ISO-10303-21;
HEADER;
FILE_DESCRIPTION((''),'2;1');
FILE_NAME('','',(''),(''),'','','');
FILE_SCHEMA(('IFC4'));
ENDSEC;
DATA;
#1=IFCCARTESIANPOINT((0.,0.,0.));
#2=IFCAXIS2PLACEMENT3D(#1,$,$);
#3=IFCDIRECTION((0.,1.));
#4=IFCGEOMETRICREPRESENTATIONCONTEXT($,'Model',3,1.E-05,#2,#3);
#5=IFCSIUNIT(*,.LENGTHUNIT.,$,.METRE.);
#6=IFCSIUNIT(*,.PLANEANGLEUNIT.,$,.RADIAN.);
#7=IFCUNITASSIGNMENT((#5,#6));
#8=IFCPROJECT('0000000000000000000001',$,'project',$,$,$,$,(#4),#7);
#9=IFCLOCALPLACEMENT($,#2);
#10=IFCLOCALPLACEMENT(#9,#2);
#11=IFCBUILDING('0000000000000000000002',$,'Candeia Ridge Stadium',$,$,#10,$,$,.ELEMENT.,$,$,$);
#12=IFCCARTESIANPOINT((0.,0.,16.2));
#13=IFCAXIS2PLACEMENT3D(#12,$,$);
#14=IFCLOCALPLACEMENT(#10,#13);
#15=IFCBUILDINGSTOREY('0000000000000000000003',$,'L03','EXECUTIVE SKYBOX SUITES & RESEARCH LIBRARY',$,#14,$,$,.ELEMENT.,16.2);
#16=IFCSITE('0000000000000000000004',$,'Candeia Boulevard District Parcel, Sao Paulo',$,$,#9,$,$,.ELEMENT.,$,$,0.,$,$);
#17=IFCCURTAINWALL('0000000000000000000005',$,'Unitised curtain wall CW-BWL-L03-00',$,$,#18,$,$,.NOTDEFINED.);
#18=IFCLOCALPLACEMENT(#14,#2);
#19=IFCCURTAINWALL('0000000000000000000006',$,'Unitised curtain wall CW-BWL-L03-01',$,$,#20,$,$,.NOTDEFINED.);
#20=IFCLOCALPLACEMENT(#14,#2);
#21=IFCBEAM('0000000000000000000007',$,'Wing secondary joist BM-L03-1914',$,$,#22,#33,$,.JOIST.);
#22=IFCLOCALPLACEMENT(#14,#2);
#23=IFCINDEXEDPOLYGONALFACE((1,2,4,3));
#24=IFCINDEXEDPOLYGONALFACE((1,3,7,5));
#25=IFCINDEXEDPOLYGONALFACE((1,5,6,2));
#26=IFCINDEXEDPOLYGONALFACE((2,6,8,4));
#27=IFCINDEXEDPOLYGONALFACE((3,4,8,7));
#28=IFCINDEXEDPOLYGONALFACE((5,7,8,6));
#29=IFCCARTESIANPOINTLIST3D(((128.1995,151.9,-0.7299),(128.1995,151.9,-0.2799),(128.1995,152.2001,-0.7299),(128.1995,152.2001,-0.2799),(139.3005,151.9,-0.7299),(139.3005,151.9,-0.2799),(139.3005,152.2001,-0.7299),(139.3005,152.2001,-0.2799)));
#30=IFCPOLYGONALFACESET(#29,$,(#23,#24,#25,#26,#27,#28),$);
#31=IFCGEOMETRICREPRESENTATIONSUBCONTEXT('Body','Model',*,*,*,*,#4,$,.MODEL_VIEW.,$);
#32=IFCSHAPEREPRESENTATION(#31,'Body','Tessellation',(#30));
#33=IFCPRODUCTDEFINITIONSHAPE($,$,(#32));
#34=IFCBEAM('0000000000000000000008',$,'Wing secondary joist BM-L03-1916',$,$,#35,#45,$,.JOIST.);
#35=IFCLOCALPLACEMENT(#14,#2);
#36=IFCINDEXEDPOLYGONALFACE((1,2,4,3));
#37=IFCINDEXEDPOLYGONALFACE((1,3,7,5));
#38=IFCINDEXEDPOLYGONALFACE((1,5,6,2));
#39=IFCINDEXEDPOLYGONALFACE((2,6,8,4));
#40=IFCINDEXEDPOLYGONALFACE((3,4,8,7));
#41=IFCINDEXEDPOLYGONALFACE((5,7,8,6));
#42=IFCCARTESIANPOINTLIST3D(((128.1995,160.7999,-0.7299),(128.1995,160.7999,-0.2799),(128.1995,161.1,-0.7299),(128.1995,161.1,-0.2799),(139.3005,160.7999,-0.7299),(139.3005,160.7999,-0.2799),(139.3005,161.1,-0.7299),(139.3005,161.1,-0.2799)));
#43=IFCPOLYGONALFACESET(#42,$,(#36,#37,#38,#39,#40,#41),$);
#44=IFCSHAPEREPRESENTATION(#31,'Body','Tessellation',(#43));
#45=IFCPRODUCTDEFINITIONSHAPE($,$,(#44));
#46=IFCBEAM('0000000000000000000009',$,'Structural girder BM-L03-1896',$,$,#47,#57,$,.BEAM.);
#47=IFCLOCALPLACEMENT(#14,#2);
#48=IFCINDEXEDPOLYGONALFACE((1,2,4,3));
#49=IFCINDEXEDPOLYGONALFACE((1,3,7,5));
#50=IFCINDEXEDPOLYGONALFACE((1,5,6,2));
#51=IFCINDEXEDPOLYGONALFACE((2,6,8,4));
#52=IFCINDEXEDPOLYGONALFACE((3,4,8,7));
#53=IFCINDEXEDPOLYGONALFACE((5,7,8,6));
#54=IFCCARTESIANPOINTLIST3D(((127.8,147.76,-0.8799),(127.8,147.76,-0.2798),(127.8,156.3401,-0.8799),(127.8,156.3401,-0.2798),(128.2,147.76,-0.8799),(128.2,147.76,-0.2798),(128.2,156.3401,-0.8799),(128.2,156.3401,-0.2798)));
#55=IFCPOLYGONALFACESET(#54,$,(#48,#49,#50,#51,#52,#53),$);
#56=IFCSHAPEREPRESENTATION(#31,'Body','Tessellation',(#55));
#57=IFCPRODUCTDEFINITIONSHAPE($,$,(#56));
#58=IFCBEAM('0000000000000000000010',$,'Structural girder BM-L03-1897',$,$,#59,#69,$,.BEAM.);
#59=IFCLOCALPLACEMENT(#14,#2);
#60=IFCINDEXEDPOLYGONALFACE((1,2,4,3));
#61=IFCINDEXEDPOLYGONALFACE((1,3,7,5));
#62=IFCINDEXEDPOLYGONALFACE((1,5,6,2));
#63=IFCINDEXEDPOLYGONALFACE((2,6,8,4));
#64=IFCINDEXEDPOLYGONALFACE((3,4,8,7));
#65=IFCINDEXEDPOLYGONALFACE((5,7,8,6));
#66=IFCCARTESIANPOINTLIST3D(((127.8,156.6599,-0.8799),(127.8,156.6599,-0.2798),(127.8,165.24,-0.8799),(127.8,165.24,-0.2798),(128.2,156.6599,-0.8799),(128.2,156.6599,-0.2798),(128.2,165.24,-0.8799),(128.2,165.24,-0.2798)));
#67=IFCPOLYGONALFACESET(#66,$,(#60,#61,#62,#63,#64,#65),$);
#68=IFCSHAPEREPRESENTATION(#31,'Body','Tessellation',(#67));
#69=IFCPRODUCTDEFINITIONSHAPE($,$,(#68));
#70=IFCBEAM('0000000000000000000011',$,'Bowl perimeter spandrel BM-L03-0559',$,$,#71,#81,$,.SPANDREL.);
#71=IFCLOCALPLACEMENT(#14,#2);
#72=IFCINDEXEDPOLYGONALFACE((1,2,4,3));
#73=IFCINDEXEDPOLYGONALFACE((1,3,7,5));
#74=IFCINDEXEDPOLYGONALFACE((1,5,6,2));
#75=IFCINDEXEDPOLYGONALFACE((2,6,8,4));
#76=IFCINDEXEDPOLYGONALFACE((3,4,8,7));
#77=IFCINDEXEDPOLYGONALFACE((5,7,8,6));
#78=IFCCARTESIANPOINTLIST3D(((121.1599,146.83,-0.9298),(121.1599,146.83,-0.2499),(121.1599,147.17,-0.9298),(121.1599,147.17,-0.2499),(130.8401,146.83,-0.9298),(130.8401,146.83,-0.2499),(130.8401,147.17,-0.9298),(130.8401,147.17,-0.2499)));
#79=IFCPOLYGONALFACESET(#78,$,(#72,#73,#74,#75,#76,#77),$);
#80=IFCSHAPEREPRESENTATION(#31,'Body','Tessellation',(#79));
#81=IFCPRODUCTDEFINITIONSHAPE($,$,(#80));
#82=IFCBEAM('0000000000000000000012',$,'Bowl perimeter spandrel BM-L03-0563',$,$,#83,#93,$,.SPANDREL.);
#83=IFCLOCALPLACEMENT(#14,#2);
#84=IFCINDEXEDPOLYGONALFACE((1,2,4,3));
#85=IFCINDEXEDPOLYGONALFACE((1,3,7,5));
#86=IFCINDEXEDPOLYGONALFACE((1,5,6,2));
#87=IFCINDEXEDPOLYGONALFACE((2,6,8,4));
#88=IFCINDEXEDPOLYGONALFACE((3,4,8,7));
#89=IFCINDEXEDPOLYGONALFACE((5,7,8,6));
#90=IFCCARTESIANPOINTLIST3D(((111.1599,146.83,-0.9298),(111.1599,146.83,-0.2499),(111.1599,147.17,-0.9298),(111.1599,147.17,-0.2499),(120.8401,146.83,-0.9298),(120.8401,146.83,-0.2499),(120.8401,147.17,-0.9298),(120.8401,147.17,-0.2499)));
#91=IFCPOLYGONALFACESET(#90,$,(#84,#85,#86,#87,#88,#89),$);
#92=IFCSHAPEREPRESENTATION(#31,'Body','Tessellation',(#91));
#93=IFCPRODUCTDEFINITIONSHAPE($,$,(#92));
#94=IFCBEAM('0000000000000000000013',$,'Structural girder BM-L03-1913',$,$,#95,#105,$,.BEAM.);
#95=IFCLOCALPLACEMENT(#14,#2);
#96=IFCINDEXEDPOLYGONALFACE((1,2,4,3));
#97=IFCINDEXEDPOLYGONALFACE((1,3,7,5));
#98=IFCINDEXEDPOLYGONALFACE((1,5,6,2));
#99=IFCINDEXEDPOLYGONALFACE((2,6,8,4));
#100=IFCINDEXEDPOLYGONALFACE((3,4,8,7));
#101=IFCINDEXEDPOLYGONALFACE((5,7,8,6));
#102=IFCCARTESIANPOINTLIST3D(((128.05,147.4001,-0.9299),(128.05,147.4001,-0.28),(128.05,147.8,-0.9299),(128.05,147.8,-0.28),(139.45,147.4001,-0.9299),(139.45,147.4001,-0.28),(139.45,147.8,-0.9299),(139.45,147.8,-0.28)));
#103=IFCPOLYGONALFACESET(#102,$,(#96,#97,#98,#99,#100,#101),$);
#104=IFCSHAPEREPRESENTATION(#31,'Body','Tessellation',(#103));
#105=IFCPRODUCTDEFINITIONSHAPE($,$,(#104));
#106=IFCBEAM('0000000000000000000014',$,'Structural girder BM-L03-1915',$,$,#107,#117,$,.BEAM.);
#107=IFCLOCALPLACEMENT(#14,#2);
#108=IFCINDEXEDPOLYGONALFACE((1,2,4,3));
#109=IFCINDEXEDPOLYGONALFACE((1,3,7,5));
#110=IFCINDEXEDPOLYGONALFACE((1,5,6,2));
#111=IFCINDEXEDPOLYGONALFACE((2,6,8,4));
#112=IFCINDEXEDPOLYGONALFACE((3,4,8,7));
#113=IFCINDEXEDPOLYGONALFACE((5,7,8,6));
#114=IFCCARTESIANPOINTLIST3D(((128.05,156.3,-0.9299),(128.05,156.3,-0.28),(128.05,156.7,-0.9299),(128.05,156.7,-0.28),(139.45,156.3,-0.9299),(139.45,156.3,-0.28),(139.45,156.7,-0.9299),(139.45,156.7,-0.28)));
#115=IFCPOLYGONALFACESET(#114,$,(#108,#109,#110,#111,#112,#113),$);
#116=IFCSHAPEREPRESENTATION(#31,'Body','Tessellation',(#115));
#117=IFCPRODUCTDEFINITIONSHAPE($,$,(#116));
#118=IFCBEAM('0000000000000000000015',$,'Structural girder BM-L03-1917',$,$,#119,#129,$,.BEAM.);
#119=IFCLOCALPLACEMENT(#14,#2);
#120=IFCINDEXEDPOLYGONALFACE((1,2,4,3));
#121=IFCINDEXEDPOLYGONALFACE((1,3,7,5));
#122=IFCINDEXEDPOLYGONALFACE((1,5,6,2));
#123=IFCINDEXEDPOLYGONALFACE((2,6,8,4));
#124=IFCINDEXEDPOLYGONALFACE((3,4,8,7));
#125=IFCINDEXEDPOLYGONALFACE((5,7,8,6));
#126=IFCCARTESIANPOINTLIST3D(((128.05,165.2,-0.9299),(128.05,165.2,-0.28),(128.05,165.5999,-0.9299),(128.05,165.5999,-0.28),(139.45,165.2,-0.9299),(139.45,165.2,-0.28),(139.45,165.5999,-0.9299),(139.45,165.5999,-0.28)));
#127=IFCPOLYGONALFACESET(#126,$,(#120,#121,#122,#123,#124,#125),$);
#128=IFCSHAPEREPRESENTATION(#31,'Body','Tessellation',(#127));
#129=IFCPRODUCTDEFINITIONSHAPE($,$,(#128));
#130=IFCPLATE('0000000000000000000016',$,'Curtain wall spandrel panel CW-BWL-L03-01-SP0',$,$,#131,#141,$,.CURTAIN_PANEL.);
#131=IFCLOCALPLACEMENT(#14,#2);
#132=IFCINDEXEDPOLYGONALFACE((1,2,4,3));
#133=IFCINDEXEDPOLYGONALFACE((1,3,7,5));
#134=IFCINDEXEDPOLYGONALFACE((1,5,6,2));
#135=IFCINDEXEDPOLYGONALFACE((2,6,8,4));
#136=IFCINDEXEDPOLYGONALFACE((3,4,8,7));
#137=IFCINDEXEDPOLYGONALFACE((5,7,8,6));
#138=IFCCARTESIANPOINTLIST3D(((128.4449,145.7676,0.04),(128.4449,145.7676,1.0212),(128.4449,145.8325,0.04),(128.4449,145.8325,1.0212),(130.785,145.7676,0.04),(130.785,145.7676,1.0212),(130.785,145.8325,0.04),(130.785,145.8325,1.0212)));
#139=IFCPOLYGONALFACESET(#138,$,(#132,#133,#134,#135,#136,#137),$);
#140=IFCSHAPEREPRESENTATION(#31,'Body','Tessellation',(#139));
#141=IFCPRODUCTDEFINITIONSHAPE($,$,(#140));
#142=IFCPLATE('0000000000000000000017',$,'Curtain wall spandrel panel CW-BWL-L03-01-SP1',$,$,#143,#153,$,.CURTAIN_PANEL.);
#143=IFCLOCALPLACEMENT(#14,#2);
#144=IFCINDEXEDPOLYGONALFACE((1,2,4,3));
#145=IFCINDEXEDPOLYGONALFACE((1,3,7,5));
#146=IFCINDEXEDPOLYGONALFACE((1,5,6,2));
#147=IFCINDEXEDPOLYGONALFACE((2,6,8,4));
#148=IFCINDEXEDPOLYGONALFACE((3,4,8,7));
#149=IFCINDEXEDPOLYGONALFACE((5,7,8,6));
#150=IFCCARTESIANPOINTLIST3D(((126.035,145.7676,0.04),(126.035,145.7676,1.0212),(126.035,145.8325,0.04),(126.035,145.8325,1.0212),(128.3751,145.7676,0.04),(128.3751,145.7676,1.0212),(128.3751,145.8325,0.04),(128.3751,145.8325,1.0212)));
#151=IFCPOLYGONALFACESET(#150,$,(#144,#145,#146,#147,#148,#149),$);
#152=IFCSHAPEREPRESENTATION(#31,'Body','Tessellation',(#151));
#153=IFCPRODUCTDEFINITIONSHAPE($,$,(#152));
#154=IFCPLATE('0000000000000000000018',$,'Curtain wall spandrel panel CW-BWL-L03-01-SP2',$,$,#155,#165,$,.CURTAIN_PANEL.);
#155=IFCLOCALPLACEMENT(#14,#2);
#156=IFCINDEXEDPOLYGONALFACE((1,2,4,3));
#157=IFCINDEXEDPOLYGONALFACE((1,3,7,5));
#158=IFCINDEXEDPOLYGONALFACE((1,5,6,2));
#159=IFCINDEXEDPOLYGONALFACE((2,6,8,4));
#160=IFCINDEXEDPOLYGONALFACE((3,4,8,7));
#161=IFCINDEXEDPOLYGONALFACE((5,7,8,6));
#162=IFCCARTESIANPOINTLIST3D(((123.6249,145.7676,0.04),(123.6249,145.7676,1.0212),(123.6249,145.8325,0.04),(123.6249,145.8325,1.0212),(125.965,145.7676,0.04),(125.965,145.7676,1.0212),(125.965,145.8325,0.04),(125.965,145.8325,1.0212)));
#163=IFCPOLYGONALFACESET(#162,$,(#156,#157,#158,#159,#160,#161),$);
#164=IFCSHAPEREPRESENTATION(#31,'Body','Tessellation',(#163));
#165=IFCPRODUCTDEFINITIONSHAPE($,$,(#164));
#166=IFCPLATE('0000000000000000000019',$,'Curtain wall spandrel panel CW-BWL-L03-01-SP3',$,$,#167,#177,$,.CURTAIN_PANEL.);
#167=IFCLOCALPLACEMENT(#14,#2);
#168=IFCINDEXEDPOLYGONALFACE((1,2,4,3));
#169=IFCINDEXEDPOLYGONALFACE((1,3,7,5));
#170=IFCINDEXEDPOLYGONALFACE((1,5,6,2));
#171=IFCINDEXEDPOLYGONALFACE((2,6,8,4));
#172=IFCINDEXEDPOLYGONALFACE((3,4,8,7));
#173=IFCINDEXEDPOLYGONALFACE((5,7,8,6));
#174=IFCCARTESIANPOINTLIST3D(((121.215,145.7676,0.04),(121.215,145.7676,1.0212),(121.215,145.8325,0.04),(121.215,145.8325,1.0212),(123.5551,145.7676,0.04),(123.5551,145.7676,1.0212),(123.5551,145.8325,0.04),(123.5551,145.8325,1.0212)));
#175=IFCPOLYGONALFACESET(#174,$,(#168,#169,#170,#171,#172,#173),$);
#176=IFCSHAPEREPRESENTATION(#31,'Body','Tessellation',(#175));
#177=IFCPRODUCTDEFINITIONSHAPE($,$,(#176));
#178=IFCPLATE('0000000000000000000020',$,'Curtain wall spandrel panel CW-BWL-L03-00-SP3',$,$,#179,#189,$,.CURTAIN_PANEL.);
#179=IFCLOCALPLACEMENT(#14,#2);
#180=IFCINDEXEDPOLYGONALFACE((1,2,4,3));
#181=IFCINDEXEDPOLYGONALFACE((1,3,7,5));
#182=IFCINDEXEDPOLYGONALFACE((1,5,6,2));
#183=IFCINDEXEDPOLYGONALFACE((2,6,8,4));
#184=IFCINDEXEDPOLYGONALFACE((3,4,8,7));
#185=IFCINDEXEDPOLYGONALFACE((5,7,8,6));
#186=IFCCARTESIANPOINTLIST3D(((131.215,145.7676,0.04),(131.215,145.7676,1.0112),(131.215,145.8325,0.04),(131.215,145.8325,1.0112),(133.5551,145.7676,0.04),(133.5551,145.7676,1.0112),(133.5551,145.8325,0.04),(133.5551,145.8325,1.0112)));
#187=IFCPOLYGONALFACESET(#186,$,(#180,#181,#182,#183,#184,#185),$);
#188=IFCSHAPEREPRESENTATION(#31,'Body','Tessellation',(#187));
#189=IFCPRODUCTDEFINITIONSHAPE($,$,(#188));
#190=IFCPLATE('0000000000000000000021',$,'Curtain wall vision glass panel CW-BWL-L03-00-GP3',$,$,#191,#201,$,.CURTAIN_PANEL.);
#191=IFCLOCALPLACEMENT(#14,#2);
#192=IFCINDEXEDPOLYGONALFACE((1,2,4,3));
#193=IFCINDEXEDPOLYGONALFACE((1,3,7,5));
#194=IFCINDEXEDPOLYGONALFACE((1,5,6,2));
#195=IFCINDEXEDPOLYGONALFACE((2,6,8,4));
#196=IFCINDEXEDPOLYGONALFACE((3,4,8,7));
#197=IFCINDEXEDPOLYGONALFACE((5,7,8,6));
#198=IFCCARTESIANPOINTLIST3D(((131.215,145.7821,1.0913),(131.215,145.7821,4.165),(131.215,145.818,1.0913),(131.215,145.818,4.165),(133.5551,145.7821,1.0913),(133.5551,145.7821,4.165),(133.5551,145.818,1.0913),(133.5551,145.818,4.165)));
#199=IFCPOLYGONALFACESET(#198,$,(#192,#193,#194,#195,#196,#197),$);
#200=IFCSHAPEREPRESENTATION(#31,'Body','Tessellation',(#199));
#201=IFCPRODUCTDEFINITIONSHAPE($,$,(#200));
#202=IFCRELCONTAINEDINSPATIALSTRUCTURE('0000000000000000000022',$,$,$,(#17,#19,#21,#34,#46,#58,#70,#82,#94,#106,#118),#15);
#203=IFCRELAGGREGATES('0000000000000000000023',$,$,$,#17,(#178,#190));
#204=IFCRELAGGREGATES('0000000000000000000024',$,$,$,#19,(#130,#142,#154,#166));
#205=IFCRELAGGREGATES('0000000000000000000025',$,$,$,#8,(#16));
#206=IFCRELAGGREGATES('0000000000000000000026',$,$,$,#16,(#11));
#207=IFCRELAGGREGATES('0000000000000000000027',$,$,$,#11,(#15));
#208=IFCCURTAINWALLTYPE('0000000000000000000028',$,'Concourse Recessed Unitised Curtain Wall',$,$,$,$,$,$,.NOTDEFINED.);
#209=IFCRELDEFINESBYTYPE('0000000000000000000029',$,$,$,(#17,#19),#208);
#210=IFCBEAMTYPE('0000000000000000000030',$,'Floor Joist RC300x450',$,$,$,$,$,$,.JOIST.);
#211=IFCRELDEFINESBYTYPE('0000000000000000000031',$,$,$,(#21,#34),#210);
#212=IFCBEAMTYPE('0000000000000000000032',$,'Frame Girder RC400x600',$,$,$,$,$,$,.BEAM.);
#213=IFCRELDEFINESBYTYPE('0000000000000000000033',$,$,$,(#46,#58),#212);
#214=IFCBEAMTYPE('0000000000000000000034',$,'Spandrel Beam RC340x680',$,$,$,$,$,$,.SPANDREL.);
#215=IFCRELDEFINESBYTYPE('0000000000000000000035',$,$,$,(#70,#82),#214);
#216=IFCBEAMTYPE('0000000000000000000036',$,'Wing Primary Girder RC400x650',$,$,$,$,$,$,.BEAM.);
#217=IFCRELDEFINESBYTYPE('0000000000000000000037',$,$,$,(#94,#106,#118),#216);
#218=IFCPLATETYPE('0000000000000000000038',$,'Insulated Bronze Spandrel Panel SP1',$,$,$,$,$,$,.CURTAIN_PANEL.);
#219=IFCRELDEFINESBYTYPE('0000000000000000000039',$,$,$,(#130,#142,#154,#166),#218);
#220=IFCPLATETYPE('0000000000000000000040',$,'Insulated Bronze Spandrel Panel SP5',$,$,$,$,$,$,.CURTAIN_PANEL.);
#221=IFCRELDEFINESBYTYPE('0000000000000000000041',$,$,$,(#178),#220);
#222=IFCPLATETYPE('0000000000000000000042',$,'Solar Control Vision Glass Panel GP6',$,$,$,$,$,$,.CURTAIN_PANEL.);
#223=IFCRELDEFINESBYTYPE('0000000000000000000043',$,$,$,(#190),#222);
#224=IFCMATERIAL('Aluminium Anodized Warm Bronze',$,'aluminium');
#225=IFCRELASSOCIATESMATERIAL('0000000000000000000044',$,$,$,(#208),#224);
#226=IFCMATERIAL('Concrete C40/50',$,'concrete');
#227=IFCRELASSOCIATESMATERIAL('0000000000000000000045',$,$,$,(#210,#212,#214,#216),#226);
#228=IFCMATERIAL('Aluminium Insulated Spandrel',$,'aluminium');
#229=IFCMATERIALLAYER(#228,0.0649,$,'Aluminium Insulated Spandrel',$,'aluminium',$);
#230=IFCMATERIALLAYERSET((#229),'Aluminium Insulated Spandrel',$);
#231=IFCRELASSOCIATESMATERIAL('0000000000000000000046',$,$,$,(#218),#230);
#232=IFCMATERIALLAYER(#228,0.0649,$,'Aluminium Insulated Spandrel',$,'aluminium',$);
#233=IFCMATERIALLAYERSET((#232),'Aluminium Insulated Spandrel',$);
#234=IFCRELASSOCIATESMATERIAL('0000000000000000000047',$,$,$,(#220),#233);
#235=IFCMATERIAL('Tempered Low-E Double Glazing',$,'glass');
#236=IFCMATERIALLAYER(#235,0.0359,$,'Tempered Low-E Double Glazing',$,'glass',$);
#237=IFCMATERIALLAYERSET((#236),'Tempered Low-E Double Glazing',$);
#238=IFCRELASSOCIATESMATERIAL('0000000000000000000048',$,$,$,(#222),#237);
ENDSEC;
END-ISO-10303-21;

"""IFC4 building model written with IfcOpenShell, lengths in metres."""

from ifc_helpers import new_model, si_unit, direction, frame, origin, origin_2d, place, context, subcontext, project, spatial, rectangle, extrude, material, layer, layer_set, material_profile, profile_set, type_object, element, aggregate, save


model = new_model("IFC4")

# Units and contexts
model_context = context("Model", 3, precision=1e-05, world=origin(), true_north=direction((0.0, 1.0)))
body_context = subcontext(model_context, "Body", "Model", "MODEL_VIEW")
ifc_project = project(units=[si_unit("LENGTHUNIT", "METRE"), si_unit("PLANEANGLEUNIT", "RADIAN")], contexts=[model_context])

# Site, building, storey
site_placement = place(None, origin())
site = spatial("IfcSite", under=ifc_project, at=site_placement, Name="Candeia Boulevard District Parcel, Sao Paulo", CompositionType="ELEMENT", RefElevation=0.0)
building_placement = place(site_placement, origin())
building = spatial("IfcBuilding", under=site, at=building_placement, Name="Candeia Ridge Stadium", CompositionType="ELEMENT")
storey_placement = place(building_placement, frame((0.0, 0.0, 16.2)))
storey = spatial("IfcBuildingStorey", under=building, at=storey_placement, Name="L03", Description="EXECUTIVE SKYBOX SUITES & RESEARCH LIBRARY", CompositionType="ELEMENT", Elevation=16.2)

# Shared definitions
ifc_material_1 = material(Name="Concrete C40/50", Category="concrete")

# Curtain wall
ifc_material_2 = material(Name="Aluminium Anodized Warm Bronze", Category="aluminium")
curtain_wall_type = type_object("IfcCurtainWallType", Name="Concourse Recessed Unitised Curtain Wall", PredefinedType="NOTDEFINED", material=ifc_material_2)
curtain_wall_1_placement = place(storey_placement, origin())
curtain_wall_1 = element("IfcCurtainWall", 1, at=curtain_wall_1_placement, inside=storey, type_object=curtain_wall_type, Name="Unitised curtain wall CW-BWL-L03-00", PredefinedType="NOTDEFINED")

# Curtain wall
curtain_wall_2_placement = place(storey_placement, origin())
curtain_wall_2 = element("IfcCurtainWall", 2, at=curtain_wall_2_placement, inside=storey, type_object=curtain_wall_type, Name="Unitised curtain wall CW-BWL-L03-01", PredefinedType="NOTDEFINED")

# Beams
ifc_material_profile_1 = material_profile(ifc_material_1, rectangle(XDim=0.3, YDim=0.45, at=origin_2d()), Name="RC300x450", Category="concrete")
ifc_profile_set_1 = profile_set([ifc_material_profile_1], Name="Concrete C40/50")
beam_type_1 = type_object("IfcBeamType", Name="Floor Joist RC300x450", PredefinedType="JOIST", material=ifc_profile_set_1)
for number, where, z_axis, x_axis, name in (
    (3, (128.1995, 152.05, -0.5049), (1.0, 0.0, 0.0), (0.0, 1.0, 0.0), "Wing secondary joist BM-L03-1914"),
    (4, (128.1995, 160.95, -0.5049), (1.0, 0.0, 0.0), (0.0, 1.0, 0.0), "Wing secondary joist BM-L03-1916"),
):
    element("IfcBeam", number, at=place(storey_placement, frame(where, z_axis=z_axis, x_axis=x_axis)), inside=storey, type_object=beam_type_1, Name=name, PredefinedType="JOIST", context=body_context, shape_type="SweptSolid", body=[
        extrude(rectangle(XDim=0.3, YDim=0.45, at=origin_2d()), origin(), (0.0, 0.0, 1.0), 11.1011),
    ])
ifc_material_profile_2 = material_profile(ifc_material_1, rectangle(XDim=0.3999, YDim=0.6001, at=origin_2d()), Name="RC400x600", Category="concrete")
ifc_profile_set_2 = profile_set([ifc_material_profile_2], Name="Concrete C40/50")
beam_type_2 = type_object("IfcBeamType", Name="Frame Girder RC400x600", PredefinedType="BEAM", material=ifc_profile_set_2)
for number, where, z_axis, x_axis, name in (
    (5, (128.0, 147.76, -0.5798), (0.0, 1.0, 0.0), (-1.0, 0.0, 0.0), "Structural girder BM-L03-1896"),
    (6, (128.0, 156.6599, -0.5798), (0.0, 1.0, 0.0), (-1.0, 0.0, 0.0), "Structural girder BM-L03-1897"),
):
    element("IfcBeam", number, at=place(storey_placement, frame(where, z_axis=z_axis, x_axis=x_axis)), inside=storey, type_object=beam_type_2, Name=name, PredefinedType="BEAM", context=body_context, shape_type="SweptSolid", body=[
        extrude(rectangle(XDim=0.3999, YDim=0.6001, at=origin_2d()), origin(), (0.0, 0.0, 1.0), 8.5801),
    ])
ifc_material_profile_3 = material_profile(ifc_material_1, rectangle(XDim=0.3401, YDim=0.6799, at=origin_2d()), Name="RC340x680", Category="concrete")
ifc_profile_set_3 = profile_set([ifc_material_profile_3], Name="Concrete C40/50")
beam_type_3 = type_object("IfcBeamType", Name="Spandrel Beam RC340x680", PredefinedType="SPANDREL", material=ifc_profile_set_3)
for number, where, z_axis, x_axis, name in (
    (7, (130.8401, 147.0, -0.5898), (-1.0, 0.0, 0.0), (0.0, -1.0, 0.0), "Bowl perimeter spandrel BM-L03-0559"),
    (8, (120.8401, 147.0, -0.5898), (-1.0, 0.0, 0.0), (0.0, -1.0, 0.0), "Bowl perimeter spandrel BM-L03-0563"),
):
    element("IfcBeam", number, at=place(storey_placement, frame(where, z_axis=z_axis, x_axis=x_axis)), inside=storey, type_object=beam_type_3, Name=name, PredefinedType="SPANDREL", context=body_context, shape_type="SweptSolid", body=[
        extrude(rectangle(XDim=0.3401, YDim=0.6799, at=origin_2d()), origin(), (0.0, 0.0, 1.0), 9.6802),
    ])
ifc_material_profile_4 = material_profile(ifc_material_1, rectangle(XDim=0.3999, YDim=0.6499, at=origin_2d()), Name="RC400x650", Category="concrete")
ifc_profile_set_4 = profile_set([ifc_material_profile_4], Name="Concrete C40/50")
beam_type_4 = type_object("IfcBeamType", Name="Wing Primary Girder RC400x650", PredefinedType="BEAM", material=ifc_profile_set_4)
for number, where, z_axis, x_axis, name in (
    (9, (128.05, 147.6001, -0.605), (1.0, 0.0, 0.0), (0.0, 1.0, 0.0), "Structural girder BM-L03-1913"),
    (10, (128.05, 156.5, -0.605), (1.0, 0.0, 0.0), (0.0, 1.0, 0.0), "Structural girder BM-L03-1915"),
    (11, (128.05, 165.3999, -0.605), (1.0, 0.0, 0.0), (0.0, 1.0, 0.0), "Structural girder BM-L03-1917"),
):
    element("IfcBeam", number, at=place(storey_placement, frame(where, z_axis=z_axis, x_axis=x_axis)), inside=storey, type_object=beam_type_4, Name=name, PredefinedType="BEAM", context=body_context, shape_type="SweptSolid", body=[
        extrude(rectangle(XDim=0.3999, YDim=0.6499, at=origin_2d()), origin(), (0.0, 0.0, 1.0), 11.3999),
    ])

# Plates
ifc_material_3 = material(Name="Aluminium Insulated Spandrel", Category="aluminium")
ifc_layer_1 = layer(ifc_material_3, 0.0649, Name="Aluminium Insulated Spandrel", Category="aluminium")
ifc_layer_set_1 = layer_set([ifc_layer_1], Name="Aluminium Insulated Spandrel")
plate_type_1 = type_object("IfcPlateType", Name="Insulated Bronze Spandrel Panel SP1", PredefinedType="CURTAIN_PANEL", material=ifc_layer_set_1)
plate_1_placement = place(storey_placement, frame((129.615, 145.8, 0.04), z_axis=(0.0, 0.0, 1.0), x_axis=(-1.0, 0.0, 0.0)))
plate_1 = element("IfcPlate", 12, at=plate_1_placement, type_object=plate_type_1, Name="Curtain wall spandrel panel CW-BWL-L03-01-SP0", PredefinedType="CURTAIN_PANEL", context=body_context, shape_type="SweptSolid", body=[
    extrude(rectangle(XDim=2.3401, YDim=0.0649, at=origin_2d()), origin(), (0.0, 0.0, 1.0), 0.9812),
])
plate_2_placement = place(storey_placement, frame((127.2051, 145.8, 0.04), z_axis=(0.0, 0.0, 1.0), x_axis=(-1.0, 0.0, 0.0)))
plate_2 = element("IfcPlate", 13, at=plate_2_placement, type_object=plate_type_1, Name="Curtain wall spandrel panel CW-BWL-L03-01-SP1", PredefinedType="CURTAIN_PANEL", context=body_context, shape_type="SweptSolid", body=[
    extrude(rectangle(XDim=2.3401, YDim=0.0649, at=origin_2d()), origin(), (0.0, 0.0, 1.0), 0.9812),
])
plate_3_placement = place(storey_placement, frame((124.7949, 145.8, 0.04), z_axis=(0.0, 0.0, 1.0), x_axis=(-1.0, 0.0, 0.0)))
plate_3 = element("IfcPlate", 14, at=plate_3_placement, type_object=plate_type_1, Name="Curtain wall spandrel panel CW-BWL-L03-01-SP2", PredefinedType="CURTAIN_PANEL", context=body_context, shape_type="SweptSolid", body=[
    extrude(rectangle(XDim=2.3401, YDim=0.0649, at=origin_2d()), origin(), (0.0, 0.0, 1.0), 0.9812),
])
plate_4_placement = place(storey_placement, frame((122.385, 145.8, 0.04), z_axis=(0.0, 0.0, 1.0), x_axis=(-1.0, 0.0, 0.0)))
plate_4 = element("IfcPlate", 15, at=plate_4_placement, type_object=plate_type_1, Name="Curtain wall spandrel panel CW-BWL-L03-01-SP3", PredefinedType="CURTAIN_PANEL", context=body_context, shape_type="SweptSolid", body=[
    extrude(rectangle(XDim=2.3401, YDim=0.0649, at=origin_2d()), origin(), (0.0, 0.0, 1.0), 0.9812),
])
ifc_layer_2 = layer(ifc_material_3, 0.0649, Name="Aluminium Insulated Spandrel", Category="aluminium")
ifc_layer_set_2 = layer_set([ifc_layer_2], Name="Aluminium Insulated Spandrel")
plate_type_2 = type_object("IfcPlateType", Name="Insulated Bronze Spandrel Panel SP5", PredefinedType="CURTAIN_PANEL", material=ifc_layer_set_2)
plate_5_placement = place(storey_placement, frame((132.385, 145.8, 0.04), z_axis=(0.0, 0.0, 1.0), x_axis=(-1.0, 0.0, 0.0)))
plate_5 = element("IfcPlate", 16, at=plate_5_placement, type_object=plate_type_2, Name="Curtain wall spandrel panel CW-BWL-L03-00-SP3", PredefinedType="CURTAIN_PANEL", context=body_context, shape_type="SweptSolid", body=[
    extrude(rectangle(XDim=2.3401, YDim=0.0649, at=origin_2d()), origin(), (0.0, 0.0, 1.0), 0.9712),
])
ifc_material_4 = material(Name="Tempered Low-E Double Glazing", Category="glass")
ifc_layer_3 = layer(ifc_material_4, 0.0359, Name="Tempered Low-E Double Glazing", Category="glass")
ifc_layer_set_3 = layer_set([ifc_layer_3], Name="Tempered Low-E Double Glazing")
plate_type_3 = type_object("IfcPlateType", Name="Solar Control Vision Glass Panel GP6", PredefinedType="CURTAIN_PANEL", material=ifc_layer_set_3)
plate_6_placement = place(storey_placement, frame((132.385, 145.8, 1.0913), z_axis=(0.0, 0.0, 1.0), x_axis=(-1.0, 0.0, 0.0)))
plate_6 = element("IfcPlate", 17, at=plate_6_placement, type_object=plate_type_3, Name="Curtain wall vision glass panel CW-BWL-L03-00-GP3", PredefinedType="CURTAIN_PANEL", context=body_context, shape_type="SweptSolid", body=[
    extrude(rectangle(XDim=2.3401, YDim=0.0359, at=origin_2d()), origin(), (0.0, 0.0, 1.0), 3.0737),
])
aggregate(curtain_wall_1, [plate_5, plate_6])
aggregate(curtain_wall_2, [plate_1, plate_2, plate_3, plate_4])

save(model, "model.ifc")
